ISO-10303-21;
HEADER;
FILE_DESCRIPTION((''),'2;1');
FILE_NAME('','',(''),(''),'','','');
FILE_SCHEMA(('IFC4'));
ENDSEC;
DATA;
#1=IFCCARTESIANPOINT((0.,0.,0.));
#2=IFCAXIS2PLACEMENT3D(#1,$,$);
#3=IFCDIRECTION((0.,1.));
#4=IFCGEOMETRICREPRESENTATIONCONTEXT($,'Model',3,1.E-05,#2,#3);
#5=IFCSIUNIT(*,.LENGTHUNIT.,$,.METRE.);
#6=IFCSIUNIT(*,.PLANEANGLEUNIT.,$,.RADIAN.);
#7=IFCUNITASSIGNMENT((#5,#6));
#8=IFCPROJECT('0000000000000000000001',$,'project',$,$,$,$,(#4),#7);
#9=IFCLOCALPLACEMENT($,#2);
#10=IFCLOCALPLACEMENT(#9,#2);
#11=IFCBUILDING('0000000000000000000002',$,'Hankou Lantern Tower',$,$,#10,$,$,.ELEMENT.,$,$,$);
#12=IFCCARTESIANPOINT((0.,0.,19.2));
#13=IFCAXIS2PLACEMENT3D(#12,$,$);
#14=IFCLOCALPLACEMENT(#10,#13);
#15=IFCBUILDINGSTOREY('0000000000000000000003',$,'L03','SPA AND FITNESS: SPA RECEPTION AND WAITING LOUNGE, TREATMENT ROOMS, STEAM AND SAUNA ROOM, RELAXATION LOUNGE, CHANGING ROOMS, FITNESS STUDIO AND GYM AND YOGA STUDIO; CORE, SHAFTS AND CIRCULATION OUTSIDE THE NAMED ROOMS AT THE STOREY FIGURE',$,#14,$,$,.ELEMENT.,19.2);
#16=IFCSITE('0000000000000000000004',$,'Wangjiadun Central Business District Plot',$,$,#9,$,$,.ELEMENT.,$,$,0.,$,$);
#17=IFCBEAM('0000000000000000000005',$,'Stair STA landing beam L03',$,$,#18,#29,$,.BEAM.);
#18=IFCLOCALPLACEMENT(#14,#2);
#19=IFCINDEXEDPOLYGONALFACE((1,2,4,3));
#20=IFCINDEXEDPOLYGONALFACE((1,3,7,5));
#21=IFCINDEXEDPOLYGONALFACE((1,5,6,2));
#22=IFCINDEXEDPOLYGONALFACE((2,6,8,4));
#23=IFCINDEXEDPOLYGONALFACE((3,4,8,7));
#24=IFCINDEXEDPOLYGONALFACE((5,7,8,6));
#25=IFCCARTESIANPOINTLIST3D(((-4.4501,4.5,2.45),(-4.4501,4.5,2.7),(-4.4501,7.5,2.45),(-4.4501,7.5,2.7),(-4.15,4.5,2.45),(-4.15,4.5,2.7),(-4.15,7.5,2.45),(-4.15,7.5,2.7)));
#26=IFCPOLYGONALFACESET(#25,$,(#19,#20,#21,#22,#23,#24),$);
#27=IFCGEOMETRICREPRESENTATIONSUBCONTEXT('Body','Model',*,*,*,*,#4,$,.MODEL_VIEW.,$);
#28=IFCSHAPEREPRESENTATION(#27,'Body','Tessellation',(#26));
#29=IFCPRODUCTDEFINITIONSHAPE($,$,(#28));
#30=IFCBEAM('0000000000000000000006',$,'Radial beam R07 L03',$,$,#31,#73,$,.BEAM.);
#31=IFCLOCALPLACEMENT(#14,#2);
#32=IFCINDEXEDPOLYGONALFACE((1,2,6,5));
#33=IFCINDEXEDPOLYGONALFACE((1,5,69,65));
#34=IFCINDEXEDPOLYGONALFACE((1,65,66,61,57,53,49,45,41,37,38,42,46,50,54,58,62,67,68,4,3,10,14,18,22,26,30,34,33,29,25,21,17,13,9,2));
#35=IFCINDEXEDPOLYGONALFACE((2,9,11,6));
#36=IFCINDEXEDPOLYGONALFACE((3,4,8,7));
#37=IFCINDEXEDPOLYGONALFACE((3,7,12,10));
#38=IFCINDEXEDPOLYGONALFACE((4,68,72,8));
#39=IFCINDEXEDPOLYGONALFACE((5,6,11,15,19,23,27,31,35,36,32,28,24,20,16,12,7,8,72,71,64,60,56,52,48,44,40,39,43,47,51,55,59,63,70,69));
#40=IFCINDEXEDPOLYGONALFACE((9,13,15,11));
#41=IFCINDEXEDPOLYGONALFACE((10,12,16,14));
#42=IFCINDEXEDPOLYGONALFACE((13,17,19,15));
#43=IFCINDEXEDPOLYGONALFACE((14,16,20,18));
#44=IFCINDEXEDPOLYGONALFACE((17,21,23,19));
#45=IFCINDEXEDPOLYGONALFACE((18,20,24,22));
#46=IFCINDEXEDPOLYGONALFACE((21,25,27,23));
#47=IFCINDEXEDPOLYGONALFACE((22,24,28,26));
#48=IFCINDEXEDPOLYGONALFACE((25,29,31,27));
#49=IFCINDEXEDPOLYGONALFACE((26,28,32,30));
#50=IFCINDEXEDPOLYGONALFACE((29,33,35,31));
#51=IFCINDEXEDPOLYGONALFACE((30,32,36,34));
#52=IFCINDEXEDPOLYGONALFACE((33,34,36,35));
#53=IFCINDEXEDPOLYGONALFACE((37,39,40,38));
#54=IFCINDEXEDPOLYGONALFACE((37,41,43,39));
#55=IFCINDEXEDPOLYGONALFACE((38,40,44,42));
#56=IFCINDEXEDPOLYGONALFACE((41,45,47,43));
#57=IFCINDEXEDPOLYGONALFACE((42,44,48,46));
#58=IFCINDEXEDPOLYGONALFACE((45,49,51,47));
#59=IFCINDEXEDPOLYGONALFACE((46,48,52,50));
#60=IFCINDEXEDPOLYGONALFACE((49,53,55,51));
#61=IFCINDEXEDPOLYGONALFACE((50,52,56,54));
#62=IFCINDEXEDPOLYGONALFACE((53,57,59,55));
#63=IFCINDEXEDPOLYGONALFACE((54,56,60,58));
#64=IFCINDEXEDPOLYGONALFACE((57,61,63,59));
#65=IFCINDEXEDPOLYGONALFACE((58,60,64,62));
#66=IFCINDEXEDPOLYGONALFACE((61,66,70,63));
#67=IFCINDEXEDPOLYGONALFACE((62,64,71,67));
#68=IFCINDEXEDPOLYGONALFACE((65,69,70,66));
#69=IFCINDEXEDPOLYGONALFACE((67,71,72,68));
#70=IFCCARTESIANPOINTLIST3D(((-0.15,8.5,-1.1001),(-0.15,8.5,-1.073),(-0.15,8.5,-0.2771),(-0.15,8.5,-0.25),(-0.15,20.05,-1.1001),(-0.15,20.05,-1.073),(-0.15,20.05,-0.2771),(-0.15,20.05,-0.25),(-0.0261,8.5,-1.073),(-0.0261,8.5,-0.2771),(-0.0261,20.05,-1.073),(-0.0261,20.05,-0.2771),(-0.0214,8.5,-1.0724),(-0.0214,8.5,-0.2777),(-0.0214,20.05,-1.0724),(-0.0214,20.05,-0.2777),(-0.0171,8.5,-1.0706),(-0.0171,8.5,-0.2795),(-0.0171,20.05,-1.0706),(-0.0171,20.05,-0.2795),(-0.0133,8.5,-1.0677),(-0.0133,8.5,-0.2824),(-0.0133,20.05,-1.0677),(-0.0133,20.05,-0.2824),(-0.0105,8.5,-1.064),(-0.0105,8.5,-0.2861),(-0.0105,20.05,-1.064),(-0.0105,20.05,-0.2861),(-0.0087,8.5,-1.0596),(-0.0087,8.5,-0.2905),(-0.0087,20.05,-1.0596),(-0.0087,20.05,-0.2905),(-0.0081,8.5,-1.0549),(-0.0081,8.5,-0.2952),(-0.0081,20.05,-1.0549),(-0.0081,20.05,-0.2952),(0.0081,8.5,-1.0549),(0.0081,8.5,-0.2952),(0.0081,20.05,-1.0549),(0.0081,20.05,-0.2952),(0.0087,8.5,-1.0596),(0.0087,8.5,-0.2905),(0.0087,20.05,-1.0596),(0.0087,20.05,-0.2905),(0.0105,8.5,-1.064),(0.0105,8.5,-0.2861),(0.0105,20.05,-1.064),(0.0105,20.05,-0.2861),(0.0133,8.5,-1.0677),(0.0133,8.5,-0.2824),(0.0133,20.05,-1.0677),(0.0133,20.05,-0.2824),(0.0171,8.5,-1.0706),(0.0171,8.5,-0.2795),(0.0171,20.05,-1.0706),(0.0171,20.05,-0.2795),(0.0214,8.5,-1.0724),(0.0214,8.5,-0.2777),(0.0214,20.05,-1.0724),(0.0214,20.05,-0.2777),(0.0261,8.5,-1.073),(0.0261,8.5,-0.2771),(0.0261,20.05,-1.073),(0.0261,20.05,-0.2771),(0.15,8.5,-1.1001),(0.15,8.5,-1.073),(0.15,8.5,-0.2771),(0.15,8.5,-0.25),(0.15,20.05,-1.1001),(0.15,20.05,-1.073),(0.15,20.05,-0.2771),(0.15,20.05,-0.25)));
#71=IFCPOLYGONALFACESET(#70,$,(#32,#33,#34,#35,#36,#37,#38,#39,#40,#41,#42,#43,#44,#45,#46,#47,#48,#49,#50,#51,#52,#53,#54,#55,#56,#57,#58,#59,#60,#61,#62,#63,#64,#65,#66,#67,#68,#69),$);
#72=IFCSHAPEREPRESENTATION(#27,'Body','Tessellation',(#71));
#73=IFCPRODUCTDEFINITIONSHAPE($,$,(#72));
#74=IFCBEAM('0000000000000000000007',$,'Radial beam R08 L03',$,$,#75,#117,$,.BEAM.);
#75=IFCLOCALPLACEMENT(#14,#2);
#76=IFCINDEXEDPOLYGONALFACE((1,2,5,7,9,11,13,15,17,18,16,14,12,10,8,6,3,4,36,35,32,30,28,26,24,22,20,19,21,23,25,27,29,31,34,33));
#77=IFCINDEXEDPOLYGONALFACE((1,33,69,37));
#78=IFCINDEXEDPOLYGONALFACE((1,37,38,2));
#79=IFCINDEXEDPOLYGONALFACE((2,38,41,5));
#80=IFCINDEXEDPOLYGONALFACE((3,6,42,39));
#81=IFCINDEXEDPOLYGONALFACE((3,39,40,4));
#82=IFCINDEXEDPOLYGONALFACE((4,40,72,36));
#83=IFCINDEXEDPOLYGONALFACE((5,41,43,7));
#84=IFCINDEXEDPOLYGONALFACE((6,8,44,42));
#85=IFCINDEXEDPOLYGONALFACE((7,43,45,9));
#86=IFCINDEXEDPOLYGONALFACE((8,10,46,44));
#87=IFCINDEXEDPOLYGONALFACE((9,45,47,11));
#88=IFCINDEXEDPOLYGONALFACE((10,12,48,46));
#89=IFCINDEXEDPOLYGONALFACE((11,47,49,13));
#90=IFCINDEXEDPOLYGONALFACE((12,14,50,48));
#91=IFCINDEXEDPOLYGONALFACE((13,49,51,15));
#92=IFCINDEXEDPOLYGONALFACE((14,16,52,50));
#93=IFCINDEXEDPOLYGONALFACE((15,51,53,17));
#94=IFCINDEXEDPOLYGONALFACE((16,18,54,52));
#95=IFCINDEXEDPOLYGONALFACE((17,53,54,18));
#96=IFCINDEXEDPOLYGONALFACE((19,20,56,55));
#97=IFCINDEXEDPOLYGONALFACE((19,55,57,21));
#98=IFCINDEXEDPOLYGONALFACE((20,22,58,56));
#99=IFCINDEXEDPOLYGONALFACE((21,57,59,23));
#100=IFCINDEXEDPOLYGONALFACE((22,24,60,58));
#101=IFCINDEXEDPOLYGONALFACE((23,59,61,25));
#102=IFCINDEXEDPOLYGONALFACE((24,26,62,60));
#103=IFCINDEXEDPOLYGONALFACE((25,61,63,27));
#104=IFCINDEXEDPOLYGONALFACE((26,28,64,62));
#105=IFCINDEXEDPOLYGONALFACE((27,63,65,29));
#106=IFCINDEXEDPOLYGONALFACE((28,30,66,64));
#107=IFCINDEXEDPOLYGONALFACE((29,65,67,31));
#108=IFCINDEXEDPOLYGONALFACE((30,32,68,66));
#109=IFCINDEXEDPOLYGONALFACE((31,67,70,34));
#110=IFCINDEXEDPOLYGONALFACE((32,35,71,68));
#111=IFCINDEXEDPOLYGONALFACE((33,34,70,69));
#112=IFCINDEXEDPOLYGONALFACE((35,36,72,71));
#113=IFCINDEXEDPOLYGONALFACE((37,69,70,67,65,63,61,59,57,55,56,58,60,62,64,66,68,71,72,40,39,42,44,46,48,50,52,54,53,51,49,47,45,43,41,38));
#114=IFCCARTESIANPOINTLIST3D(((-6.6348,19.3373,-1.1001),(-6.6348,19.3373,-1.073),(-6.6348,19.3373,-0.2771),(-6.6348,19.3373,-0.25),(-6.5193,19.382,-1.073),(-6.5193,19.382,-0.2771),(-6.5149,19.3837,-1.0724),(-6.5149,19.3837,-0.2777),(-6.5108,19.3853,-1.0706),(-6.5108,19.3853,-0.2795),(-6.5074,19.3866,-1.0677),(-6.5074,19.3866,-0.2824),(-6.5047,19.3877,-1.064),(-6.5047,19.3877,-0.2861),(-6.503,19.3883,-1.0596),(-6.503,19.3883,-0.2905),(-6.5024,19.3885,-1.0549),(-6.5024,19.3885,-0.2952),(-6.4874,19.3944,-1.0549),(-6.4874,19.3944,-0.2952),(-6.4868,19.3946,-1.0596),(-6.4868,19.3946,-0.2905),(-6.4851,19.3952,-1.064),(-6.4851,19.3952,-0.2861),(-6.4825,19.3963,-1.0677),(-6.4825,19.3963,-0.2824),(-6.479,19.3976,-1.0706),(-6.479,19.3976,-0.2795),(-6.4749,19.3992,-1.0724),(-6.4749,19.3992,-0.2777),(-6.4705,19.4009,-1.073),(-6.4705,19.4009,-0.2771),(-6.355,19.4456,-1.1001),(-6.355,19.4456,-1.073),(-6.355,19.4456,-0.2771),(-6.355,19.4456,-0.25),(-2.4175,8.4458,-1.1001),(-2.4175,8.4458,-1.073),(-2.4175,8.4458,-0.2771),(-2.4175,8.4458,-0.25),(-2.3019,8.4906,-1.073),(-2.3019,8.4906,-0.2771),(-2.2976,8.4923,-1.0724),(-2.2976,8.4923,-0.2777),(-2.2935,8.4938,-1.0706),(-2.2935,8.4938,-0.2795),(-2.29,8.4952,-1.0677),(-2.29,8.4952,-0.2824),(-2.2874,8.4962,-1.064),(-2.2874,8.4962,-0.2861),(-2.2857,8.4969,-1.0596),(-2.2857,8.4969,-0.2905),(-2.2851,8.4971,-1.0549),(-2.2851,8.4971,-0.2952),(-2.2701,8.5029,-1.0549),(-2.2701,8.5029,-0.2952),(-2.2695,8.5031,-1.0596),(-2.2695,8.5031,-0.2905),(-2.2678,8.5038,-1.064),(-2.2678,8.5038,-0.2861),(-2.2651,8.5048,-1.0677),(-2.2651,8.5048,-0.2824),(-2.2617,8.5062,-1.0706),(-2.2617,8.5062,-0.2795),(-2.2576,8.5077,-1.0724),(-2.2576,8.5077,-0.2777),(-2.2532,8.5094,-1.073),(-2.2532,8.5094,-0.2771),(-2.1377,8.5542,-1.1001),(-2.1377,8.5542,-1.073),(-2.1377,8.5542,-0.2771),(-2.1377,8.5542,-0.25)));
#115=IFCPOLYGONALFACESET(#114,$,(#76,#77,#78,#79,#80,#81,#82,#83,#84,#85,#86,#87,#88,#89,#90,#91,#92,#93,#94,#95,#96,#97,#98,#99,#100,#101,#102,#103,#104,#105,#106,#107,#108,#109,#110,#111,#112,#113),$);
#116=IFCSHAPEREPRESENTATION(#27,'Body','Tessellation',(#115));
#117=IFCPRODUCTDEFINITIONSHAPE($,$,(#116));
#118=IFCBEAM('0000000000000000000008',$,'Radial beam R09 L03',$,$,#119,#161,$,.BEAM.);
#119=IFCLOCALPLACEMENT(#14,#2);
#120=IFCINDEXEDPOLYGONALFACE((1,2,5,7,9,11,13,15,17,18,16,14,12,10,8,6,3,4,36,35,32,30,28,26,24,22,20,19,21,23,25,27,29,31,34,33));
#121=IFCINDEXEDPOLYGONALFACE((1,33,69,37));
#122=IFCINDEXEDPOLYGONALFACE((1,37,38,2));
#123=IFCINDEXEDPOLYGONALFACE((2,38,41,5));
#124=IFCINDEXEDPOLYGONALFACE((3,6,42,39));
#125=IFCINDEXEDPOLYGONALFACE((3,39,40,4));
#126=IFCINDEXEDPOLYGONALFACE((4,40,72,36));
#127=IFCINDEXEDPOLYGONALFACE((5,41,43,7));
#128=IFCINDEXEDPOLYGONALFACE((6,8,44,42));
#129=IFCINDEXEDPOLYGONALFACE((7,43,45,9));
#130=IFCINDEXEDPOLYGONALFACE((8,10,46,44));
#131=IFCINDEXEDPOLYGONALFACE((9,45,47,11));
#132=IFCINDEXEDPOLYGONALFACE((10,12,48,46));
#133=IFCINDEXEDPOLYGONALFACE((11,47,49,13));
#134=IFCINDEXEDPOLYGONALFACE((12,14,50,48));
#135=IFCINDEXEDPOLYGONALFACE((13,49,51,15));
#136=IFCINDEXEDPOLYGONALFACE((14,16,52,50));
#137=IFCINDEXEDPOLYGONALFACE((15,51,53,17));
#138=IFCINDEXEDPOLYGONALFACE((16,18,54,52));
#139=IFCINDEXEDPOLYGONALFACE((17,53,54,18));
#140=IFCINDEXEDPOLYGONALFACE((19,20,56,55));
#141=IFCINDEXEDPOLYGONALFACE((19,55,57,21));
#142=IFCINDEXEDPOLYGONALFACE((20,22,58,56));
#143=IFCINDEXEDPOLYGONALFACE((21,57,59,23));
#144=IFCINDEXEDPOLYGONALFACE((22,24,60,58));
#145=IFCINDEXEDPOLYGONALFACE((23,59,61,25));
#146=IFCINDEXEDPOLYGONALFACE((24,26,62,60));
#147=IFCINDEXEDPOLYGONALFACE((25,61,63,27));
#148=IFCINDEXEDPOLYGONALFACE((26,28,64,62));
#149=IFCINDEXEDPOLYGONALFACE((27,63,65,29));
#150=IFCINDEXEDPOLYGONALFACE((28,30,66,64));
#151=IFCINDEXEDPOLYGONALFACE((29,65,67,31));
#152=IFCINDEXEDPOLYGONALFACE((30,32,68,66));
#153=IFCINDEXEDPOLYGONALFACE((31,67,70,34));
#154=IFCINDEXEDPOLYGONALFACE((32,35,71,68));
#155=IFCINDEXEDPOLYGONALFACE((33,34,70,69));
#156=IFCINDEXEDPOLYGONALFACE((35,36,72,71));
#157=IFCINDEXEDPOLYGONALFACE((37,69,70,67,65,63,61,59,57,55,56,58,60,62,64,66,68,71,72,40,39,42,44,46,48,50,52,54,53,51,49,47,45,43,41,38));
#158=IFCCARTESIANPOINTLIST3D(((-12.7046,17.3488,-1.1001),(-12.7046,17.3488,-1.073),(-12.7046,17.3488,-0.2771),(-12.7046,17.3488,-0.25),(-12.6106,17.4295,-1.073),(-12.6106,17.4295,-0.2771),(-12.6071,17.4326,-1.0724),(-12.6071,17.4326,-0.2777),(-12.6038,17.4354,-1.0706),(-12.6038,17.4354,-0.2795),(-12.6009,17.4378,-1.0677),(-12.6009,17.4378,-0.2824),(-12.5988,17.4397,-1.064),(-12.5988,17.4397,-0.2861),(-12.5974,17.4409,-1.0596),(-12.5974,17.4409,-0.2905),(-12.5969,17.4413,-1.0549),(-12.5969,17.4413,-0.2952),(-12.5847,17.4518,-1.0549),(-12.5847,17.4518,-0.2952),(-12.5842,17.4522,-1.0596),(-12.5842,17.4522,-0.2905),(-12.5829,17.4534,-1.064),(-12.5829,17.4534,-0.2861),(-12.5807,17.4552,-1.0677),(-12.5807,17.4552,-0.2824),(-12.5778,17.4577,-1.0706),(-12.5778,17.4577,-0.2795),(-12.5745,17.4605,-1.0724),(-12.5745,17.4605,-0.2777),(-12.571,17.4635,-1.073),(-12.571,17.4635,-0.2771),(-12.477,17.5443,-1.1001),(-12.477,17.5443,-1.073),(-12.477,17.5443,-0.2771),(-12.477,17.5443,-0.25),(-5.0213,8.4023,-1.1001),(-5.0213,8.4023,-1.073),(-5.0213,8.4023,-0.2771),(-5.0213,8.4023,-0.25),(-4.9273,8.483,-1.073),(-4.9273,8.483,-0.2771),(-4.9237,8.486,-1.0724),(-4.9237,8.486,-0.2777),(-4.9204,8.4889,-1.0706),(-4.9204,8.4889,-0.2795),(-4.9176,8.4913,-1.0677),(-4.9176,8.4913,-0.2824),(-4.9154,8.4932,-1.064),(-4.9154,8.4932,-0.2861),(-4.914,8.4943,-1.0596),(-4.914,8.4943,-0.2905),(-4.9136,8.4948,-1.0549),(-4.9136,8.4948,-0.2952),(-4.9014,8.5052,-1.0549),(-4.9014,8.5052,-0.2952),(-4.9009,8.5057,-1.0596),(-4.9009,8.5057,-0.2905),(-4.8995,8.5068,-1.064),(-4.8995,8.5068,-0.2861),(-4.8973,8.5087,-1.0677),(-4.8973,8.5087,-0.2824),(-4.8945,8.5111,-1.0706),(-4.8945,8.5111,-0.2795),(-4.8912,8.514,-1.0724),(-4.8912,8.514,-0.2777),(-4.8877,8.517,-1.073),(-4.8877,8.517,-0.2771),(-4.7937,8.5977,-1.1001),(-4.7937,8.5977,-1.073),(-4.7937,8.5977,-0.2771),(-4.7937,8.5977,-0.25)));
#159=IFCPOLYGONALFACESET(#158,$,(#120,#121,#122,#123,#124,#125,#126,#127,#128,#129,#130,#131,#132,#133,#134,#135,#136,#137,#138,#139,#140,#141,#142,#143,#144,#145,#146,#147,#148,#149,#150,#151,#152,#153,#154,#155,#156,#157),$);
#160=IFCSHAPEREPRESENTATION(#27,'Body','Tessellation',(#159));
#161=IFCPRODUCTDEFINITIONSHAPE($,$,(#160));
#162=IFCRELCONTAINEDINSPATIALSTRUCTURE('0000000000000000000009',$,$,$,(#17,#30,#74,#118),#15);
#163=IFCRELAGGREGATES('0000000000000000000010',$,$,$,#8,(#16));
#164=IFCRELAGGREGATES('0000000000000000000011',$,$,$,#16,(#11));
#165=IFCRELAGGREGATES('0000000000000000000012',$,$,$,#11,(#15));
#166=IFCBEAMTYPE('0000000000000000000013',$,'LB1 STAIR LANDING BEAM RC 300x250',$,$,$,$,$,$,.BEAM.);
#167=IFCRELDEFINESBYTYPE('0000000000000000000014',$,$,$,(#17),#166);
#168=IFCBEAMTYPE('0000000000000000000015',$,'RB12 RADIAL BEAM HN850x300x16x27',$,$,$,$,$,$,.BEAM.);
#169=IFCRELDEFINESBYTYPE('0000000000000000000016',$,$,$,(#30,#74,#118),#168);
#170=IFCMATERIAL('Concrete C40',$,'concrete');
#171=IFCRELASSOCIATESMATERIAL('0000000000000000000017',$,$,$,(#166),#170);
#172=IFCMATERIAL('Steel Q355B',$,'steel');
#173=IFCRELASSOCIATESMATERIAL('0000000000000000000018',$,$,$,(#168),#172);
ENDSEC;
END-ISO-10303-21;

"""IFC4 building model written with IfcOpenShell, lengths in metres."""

from ifc_helpers import new_model, si_unit, direction, frame, origin, origin_2d, place, context, subcontext, project, spatial, rectangle, i_section, extrude, material, material_profile, profile_set, type_object, element, save


model = new_model("IFC4")

# Units and contexts
model_context = context("Model", 3, precision=1e-05, world=origin(), true_north=direction((0.0, 1.0)))
body_context = subcontext(model_context, "Body", "Model", "MODEL_VIEW")
ifc_project = project(units=[si_unit("LENGTHUNIT", "METRE"), si_unit("PLANEANGLEUNIT", "RADIAN")], contexts=[model_context])

# Site, building, storey
site_placement = place(None, origin())
site = spatial("IfcSite", under=ifc_project, at=site_placement, Name="Wangjiadun Central Business District Plot", CompositionType="ELEMENT", RefElevation=0.0)
building_placement = place(site_placement, origin())
building = spatial("IfcBuilding", under=site, at=building_placement, Name="Hankou Lantern Tower", CompositionType="ELEMENT")
storey_placement = place(building_placement, frame((0.0, 0.0, 19.2)))
storey = spatial("IfcBuildingStorey", under=building, at=storey_placement, Name="L03", Description="SPA AND FITNESS: SPA RECEPTION AND WAITING LOUNGE, TREATMENT ROOMS, STEAM AND SAUNA ROOM, RELAXATION LOUNGE, CHANGING ROOMS, FITNESS STUDIO AND GYM AND YOGA STUDIO; CORE, SHAFTS AND CIRCULATION OUTSIDE THE NAMED ROOMS AT THE STOREY FIGURE", CompositionType="ELEMENT", Elevation=19.2)

# Beams
ifc_material_1 = material(Name="Concrete C40", Category="concrete")
ifc_material_profile_1 = material_profile(ifc_material_1, rectangle(XDim=0.3, YDim=0.25, at=origin_2d()), Name="RC 300x250")
ifc_profile_set_1 = profile_set([ifc_material_profile_1], Name="Concrete C40")
beam_type_1 = type_object("IfcBeamType", Name="LB1 STAIR LANDING BEAM RC 300x250", PredefinedType="BEAM", material=ifc_profile_set_1)
beam_1_placement = place(storey_placement, frame((-4.3, 4.5, 2.575), z_axis=(0.0, 1.0, 0.0), x_axis=(-1.0, 0.0, 0.0)))
element("IfcBeam", 1, at=beam_1_placement, inside=storey, type_object=beam_type_1, Name="Stair STA landing beam L03", PredefinedType="BEAM", context=body_context, shape_type="SweptSolid", body=[
    extrude(rectangle(XDim=0.3, YDim=0.25, at=origin_2d()), origin(), (0.0, 0.0, 1.0), 3.0),
])
ifc_material_2 = material(Name="Steel Q355B", Category="steel")
ifc_material_profile_2 = material_profile(ifc_material_2, i_section(OverallWidth=0.3, OverallDepth=0.8501, WebThickness=0.0161, FlangeThickness=0.0271, FilletRadius=0.0181, at=origin_2d()), Name="HN850x300x16x27")
ifc_profile_set_2 = profile_set([ifc_material_profile_2], Name="Steel Q355B")
beam_type_2 = type_object("IfcBeamType", Name="RB12 RADIAL BEAM HN850x300x16x27", PredefinedType="BEAM", material=ifc_profile_set_2)
beam_2_placement = place(storey_placement, frame((0.0, 8.5, -0.675), z_axis=(0.0, 1.0, 0.0), x_axis=(-1.0, 0.0, 0.0)))
element("IfcBeam", 2, at=beam_2_placement, inside=storey, type_object=beam_type_2, Name="Radial beam R07 L03", PredefinedType="BEAM", context=body_context, shape_type="SweptSolid", body=[
    extrude(i_section(OverallWidth=0.3, OverallDepth=0.8501, WebThickness=0.0161, FlangeThickness=0.0271, FilletRadius=0.0181, at=origin_2d()), origin(), (0.0, 0.0, 1.0), 11.55),
])
beam_3_placement = place(storey_placement, frame((-2.2776, 8.5, -0.675), z_axis=(-0.361089, 0.932531, 0.0), x_axis=(-0.932531, -0.361089, 0.0)))
element("IfcBeam", 3, at=beam_3_placement, inside=storey, type_object=beam_type_2, Name="Radial beam R08 L03", PredefinedType="BEAM", context=body_context, shape_type="SweptSolid", body=[
    extrude(i_section(OverallWidth=0.3, OverallDepth=0.8501, WebThickness=0.0161, FlangeThickness=0.0271, FilletRadius=0.0181, at=origin_2d()), origin(), (0.0, 0.0, 1.0), 11.6794),
])
beam_4_placement = place(storey_placement, frame((-4.9075, 8.5, -0.675), z_axis=(-0.651519, 0.758632, 0.0), x_axis=(-0.758632, -0.651519, 0.0)))
element("IfcBeam", 4, at=beam_4_placement, inside=storey, type_object=beam_type_2, Name="Radial beam R09 L03", PredefinedType="BEAM", context=body_context, shape_type="SweptSolid", body=[
    extrude(i_section(OverallWidth=0.3, OverallDepth=0.8501, WebThickness=0.0161, FlangeThickness=0.0271, FilletRadius=0.0181, at=origin_2d()), origin(), (0.0, 0.0, 1.0), 11.793),
])

save(model, "model.ifc")
